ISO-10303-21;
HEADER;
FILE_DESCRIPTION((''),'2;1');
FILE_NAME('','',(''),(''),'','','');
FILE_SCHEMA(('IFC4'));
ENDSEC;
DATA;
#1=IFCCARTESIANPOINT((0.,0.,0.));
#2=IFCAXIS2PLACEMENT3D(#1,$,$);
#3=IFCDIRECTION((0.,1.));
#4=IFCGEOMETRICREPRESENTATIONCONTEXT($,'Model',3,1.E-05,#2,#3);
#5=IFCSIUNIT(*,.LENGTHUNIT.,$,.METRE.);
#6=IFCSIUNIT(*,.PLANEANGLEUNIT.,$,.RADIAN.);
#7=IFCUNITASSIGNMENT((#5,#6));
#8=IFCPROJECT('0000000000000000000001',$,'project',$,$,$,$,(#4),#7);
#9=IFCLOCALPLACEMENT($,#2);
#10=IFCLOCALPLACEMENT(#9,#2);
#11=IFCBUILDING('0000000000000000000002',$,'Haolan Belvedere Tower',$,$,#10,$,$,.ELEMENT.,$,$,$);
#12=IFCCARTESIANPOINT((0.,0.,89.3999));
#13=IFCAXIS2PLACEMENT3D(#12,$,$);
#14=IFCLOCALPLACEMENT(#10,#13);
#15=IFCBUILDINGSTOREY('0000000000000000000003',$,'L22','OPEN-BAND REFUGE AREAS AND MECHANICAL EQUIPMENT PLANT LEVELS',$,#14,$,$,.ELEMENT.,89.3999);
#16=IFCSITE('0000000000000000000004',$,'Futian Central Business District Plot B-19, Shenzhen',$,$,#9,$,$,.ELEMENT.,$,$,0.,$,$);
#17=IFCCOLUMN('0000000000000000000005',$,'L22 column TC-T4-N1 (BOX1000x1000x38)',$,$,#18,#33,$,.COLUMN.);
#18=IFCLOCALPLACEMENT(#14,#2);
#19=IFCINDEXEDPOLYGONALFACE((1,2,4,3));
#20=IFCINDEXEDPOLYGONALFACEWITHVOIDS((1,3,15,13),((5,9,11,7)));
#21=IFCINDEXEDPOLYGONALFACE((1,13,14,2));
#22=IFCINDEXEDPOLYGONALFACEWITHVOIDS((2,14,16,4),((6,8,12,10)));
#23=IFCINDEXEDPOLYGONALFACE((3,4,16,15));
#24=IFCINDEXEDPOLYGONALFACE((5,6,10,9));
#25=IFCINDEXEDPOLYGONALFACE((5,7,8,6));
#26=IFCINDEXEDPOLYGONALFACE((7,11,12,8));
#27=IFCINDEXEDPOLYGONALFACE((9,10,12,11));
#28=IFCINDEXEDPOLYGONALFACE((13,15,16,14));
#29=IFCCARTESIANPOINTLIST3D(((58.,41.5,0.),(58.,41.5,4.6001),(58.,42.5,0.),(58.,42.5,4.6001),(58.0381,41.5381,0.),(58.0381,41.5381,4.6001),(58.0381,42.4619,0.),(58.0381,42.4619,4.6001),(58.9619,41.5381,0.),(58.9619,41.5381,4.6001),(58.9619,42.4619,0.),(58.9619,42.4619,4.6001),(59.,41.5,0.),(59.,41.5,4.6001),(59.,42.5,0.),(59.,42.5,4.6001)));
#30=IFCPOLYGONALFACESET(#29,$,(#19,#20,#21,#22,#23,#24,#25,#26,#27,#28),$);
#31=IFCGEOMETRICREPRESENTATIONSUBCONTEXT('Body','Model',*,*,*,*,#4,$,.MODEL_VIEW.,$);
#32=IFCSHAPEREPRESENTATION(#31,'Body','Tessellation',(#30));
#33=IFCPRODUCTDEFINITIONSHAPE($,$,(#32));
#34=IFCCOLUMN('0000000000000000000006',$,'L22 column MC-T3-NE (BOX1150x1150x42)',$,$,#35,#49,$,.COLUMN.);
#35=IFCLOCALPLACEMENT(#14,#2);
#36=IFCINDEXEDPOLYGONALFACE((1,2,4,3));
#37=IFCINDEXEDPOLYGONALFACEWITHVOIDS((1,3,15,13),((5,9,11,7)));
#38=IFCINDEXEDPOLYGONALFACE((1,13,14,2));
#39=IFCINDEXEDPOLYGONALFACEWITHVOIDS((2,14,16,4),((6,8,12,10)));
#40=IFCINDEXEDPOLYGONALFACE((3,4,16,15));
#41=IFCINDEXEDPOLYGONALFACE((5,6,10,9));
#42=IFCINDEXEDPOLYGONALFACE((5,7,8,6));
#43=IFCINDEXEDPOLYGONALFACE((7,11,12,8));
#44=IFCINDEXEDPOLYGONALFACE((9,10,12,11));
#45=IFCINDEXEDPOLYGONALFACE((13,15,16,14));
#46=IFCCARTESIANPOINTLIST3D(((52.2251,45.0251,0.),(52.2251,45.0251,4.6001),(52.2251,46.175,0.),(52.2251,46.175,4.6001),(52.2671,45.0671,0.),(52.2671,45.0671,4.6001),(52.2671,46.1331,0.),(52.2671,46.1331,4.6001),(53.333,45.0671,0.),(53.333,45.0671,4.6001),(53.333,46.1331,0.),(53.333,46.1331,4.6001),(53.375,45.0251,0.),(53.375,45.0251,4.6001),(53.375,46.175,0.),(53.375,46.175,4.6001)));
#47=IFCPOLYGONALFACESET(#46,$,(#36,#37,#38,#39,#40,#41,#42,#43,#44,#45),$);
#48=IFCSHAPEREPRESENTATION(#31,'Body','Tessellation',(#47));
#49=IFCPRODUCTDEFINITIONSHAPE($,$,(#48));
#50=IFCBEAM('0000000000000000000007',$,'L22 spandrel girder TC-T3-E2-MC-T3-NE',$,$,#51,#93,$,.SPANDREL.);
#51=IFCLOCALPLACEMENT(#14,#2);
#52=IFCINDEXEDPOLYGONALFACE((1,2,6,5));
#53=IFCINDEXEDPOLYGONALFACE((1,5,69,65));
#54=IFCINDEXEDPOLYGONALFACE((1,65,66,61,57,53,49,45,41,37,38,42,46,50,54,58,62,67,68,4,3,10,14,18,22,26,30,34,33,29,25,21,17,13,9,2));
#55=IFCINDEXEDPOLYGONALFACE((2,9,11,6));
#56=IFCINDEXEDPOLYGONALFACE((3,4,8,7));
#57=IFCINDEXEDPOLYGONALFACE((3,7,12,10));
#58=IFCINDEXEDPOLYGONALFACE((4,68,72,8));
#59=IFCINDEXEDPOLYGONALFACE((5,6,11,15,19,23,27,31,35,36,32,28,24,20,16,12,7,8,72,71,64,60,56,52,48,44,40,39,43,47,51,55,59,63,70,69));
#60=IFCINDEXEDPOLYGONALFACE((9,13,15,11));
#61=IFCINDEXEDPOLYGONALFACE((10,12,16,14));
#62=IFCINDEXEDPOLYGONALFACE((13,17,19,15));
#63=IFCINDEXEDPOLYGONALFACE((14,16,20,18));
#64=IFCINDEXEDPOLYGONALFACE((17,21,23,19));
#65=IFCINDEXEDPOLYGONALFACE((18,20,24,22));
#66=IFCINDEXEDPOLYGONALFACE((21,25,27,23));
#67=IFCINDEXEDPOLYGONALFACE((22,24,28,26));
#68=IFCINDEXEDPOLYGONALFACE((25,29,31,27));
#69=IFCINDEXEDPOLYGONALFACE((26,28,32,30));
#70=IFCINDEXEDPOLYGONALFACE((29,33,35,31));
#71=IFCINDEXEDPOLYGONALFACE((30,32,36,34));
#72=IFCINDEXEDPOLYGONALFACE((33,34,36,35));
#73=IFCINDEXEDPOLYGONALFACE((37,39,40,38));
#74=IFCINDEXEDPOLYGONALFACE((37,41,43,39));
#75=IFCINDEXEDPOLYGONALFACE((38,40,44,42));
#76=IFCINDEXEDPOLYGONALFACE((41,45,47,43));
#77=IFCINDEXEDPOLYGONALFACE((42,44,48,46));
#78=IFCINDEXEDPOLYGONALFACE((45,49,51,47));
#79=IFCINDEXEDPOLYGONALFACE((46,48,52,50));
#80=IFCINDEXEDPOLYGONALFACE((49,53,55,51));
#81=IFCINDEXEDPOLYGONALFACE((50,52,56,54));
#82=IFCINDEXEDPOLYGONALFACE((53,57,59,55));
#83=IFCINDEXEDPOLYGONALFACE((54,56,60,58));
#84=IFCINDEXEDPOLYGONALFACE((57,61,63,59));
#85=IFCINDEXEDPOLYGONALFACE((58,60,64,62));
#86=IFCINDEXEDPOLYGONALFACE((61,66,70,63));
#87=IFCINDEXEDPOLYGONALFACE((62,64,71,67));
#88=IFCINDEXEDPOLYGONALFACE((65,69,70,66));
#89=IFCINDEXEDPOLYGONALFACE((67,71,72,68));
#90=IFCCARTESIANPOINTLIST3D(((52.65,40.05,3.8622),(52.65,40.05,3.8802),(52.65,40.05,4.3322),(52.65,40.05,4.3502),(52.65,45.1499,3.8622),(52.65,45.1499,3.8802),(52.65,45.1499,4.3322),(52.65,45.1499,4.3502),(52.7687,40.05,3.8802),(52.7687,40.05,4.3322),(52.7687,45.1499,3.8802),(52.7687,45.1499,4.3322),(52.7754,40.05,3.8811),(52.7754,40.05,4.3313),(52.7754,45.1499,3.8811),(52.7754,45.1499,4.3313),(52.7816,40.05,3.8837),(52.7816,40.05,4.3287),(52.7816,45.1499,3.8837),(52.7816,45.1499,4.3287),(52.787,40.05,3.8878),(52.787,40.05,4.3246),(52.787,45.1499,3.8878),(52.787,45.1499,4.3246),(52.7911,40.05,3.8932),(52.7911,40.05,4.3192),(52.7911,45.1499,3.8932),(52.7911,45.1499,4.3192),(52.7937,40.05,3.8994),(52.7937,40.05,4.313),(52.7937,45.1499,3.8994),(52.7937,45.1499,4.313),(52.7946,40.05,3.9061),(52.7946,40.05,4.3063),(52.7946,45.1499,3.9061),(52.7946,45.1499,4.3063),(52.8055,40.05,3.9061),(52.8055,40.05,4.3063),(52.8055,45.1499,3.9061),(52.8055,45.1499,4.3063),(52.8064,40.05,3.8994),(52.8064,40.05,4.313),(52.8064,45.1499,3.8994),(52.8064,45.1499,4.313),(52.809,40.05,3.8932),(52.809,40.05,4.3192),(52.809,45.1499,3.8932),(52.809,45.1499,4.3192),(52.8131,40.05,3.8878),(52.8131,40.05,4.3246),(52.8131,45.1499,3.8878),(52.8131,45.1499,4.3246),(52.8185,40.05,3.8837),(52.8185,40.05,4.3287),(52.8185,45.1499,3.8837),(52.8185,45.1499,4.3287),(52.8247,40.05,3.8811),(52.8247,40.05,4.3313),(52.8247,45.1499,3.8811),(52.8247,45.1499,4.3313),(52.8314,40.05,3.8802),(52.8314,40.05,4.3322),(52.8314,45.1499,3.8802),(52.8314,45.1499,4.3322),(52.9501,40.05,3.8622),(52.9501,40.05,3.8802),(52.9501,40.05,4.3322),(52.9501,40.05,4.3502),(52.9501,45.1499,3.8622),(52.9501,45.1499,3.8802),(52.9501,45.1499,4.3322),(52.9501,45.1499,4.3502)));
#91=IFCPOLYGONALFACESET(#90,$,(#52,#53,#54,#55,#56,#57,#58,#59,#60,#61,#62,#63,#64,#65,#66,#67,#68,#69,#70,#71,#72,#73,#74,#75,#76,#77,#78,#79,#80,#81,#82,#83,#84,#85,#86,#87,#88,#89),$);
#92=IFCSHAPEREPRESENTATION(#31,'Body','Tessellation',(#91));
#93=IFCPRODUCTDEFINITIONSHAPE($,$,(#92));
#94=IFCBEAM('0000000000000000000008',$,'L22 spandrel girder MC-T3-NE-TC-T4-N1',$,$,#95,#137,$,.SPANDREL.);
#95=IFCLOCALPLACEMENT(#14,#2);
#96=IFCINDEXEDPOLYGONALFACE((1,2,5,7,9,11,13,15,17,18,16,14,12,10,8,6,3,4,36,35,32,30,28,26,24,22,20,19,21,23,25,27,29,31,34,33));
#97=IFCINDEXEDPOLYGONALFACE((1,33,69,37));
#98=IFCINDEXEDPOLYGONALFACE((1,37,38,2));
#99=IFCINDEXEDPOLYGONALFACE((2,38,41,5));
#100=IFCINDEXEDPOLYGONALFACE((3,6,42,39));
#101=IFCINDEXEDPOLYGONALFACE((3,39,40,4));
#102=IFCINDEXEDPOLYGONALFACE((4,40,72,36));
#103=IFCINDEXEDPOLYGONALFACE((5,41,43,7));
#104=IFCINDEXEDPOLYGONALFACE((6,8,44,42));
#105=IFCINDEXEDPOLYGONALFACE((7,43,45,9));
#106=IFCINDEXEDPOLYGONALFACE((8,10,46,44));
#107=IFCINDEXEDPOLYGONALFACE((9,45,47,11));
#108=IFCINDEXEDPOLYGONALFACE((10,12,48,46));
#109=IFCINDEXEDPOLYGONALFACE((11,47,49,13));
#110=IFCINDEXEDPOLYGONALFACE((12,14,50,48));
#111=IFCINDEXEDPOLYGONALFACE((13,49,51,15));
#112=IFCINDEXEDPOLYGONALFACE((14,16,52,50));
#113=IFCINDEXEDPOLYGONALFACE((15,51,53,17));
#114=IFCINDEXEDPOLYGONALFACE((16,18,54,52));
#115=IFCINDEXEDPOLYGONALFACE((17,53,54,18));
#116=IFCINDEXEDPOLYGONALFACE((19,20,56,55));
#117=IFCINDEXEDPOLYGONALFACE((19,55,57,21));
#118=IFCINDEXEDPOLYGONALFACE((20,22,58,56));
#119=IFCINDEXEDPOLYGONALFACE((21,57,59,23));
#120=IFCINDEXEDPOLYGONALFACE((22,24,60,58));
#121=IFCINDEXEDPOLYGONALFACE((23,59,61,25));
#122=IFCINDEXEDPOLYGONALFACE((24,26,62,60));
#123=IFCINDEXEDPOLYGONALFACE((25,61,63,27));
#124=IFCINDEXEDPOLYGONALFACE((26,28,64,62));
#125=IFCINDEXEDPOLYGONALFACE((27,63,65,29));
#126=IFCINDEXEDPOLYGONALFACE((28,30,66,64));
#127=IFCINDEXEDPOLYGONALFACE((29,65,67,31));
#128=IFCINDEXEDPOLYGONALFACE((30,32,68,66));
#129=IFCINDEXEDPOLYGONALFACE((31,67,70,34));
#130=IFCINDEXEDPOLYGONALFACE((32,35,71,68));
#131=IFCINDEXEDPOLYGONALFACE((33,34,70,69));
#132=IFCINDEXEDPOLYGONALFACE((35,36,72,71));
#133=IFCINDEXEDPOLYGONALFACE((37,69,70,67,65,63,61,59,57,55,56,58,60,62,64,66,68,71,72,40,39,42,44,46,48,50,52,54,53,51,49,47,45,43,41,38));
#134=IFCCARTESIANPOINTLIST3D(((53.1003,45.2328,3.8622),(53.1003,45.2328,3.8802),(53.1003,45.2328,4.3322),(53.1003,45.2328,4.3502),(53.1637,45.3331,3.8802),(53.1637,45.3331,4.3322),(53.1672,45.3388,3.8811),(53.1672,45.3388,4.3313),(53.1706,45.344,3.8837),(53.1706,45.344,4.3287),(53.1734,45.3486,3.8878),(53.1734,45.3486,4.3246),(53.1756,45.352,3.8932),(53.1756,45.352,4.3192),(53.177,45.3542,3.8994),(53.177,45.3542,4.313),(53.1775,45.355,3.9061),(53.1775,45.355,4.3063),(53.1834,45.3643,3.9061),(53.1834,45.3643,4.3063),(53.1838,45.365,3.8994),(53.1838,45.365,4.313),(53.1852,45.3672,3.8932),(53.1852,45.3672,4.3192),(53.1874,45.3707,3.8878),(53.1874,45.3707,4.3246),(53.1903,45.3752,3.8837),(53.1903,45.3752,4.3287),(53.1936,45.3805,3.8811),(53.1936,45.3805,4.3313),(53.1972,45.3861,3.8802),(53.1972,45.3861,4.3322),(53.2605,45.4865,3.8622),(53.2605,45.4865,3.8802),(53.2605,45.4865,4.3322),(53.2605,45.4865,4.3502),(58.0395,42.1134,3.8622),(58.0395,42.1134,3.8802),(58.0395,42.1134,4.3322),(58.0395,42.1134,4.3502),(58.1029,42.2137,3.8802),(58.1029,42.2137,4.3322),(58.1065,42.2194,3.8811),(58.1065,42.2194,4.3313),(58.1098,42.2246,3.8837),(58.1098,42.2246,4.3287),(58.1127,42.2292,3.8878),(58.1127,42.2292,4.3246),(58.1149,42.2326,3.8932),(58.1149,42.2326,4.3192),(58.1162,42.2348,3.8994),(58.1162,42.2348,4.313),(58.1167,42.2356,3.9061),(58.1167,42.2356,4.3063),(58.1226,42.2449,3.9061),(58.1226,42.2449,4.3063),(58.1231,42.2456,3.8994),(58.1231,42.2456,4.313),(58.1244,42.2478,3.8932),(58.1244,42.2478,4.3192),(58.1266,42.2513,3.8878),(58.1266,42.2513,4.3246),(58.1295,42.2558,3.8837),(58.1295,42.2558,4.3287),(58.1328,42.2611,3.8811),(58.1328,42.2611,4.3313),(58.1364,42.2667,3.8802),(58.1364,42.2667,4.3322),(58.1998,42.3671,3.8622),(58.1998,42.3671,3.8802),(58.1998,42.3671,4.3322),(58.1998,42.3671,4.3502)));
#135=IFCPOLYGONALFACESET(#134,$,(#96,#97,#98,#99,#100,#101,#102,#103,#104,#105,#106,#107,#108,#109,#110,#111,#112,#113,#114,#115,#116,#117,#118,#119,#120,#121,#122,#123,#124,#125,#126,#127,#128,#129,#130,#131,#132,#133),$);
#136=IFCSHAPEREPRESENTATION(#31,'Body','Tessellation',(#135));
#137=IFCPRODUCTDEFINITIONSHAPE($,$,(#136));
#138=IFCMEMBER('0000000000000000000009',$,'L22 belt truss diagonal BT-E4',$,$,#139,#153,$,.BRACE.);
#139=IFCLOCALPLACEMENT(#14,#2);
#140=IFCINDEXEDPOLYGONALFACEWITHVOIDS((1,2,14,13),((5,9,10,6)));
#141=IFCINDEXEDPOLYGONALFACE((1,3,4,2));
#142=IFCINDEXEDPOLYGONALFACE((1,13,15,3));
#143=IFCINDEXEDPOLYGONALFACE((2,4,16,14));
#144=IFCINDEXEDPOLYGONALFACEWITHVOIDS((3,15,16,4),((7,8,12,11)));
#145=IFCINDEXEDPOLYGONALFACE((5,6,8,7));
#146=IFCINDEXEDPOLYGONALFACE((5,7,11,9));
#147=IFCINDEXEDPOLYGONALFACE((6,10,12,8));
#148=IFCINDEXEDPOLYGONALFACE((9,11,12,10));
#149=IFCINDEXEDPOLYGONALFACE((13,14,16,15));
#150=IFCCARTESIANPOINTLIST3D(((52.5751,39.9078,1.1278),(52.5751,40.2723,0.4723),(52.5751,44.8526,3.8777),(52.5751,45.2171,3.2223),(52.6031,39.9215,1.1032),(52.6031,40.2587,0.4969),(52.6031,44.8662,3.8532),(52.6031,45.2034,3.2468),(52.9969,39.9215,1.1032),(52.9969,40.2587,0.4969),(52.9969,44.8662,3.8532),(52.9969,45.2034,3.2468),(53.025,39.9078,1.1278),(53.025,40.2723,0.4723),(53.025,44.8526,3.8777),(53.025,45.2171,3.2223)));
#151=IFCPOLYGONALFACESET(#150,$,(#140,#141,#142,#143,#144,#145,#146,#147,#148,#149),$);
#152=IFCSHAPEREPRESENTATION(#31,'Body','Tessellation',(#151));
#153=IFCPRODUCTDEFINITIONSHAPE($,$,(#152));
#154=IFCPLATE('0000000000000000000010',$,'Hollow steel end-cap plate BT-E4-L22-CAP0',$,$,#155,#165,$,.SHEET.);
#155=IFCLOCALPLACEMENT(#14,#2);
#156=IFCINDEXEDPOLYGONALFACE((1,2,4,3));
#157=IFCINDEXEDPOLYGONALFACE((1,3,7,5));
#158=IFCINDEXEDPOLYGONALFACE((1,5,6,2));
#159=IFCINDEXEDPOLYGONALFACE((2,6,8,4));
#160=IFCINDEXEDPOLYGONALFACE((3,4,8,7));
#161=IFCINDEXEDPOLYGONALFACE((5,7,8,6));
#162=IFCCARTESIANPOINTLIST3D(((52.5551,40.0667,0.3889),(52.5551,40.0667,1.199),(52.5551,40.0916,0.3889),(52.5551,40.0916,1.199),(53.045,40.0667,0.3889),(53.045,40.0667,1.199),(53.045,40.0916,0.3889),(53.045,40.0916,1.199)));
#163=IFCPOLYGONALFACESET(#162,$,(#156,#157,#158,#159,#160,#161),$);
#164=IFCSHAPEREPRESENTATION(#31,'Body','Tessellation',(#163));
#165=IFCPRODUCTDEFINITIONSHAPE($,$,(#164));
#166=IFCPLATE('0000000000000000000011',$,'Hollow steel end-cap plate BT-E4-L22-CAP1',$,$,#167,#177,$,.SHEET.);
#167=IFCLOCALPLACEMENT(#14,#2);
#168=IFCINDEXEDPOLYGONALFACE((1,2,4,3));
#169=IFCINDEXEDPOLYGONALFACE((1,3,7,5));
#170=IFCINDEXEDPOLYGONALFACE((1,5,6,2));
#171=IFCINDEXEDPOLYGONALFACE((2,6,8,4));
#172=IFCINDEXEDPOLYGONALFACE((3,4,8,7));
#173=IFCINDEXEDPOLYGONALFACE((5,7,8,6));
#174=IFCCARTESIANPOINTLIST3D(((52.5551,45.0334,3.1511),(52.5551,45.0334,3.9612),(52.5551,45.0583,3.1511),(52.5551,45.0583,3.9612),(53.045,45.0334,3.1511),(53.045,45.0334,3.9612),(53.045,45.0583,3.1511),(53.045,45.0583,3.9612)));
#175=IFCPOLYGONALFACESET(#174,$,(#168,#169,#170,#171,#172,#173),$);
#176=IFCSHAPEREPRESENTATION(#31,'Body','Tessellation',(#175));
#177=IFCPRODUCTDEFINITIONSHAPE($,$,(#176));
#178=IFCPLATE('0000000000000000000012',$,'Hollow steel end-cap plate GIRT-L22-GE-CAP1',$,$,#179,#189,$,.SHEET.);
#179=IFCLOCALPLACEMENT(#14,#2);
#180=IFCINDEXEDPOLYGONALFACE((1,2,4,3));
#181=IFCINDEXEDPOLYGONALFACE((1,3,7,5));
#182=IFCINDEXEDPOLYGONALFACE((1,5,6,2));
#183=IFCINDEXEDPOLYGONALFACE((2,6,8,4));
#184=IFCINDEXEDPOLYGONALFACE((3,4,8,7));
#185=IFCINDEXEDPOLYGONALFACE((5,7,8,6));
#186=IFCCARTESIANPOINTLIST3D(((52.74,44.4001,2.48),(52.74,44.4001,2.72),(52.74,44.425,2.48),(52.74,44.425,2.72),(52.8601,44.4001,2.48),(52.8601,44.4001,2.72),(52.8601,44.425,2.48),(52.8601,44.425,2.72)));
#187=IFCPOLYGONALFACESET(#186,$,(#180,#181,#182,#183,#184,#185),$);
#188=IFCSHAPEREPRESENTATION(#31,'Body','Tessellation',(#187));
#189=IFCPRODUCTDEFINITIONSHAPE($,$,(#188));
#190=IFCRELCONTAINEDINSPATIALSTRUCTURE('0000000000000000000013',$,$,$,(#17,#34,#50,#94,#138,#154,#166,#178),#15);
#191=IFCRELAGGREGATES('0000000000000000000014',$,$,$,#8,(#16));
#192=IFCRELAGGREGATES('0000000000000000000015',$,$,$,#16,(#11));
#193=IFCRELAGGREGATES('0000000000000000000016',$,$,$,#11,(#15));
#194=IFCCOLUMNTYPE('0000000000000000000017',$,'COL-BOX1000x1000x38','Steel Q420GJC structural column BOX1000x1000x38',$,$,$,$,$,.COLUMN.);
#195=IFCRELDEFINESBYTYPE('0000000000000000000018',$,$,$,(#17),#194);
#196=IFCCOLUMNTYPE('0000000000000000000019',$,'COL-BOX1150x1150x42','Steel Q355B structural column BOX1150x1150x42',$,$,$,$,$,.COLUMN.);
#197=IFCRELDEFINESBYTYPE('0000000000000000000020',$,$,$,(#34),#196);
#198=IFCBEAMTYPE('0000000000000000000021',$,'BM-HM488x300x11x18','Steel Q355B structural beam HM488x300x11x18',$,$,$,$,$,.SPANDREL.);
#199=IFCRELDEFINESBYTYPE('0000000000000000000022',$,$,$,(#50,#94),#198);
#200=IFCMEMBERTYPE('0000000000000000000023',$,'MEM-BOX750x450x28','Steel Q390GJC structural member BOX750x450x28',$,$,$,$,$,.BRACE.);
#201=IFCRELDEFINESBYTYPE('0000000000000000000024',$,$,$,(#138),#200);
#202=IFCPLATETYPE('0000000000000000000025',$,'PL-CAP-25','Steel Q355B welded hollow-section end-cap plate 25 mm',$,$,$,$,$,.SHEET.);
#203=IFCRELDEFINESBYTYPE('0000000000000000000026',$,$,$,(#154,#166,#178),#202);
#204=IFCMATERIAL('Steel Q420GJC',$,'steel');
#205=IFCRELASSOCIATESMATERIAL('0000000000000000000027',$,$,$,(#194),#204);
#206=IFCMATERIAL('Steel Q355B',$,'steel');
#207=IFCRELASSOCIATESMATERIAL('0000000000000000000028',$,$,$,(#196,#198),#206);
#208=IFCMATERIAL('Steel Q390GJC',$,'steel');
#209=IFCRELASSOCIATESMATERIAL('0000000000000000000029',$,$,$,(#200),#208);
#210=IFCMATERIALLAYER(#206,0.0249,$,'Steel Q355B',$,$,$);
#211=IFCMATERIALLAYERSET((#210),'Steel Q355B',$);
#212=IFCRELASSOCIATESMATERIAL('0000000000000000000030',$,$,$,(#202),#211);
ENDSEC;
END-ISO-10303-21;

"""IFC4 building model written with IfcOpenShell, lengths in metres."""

from ifc_helpers import new_model, si_unit, direction, frame, origin, origin_2d, place, context, subcontext, project, spatial, rectangle, hollow_rectangle, i_section, extrude, material, layer, layer_set, material_profile, profile_set, type_object, element, save


model = new_model("IFC4")

# Units and contexts
model_context = context("Model", 3, precision=1e-05, world=origin(), true_north=direction((0.0, 1.0)))
body_context = subcontext(model_context, "Body", "Model", "MODEL_VIEW")
ifc_project = project(units=[si_unit("LENGTHUNIT", "METRE"), si_unit("PLANEANGLEUNIT", "RADIAN")], contexts=[model_context])

# Site, building, storey
site_placement = place(None, origin())
site = spatial("IfcSite", under=ifc_project, at=site_placement, Name="Futian Central Business District Plot B-19, Shenzhen", CompositionType="ELEMENT", RefElevation=0.0)
building_placement = place(site_placement, origin())
building = spatial("IfcBuilding", under=site, at=building_placement, Name="Haolan Belvedere Tower", CompositionType="ELEMENT")
storey_placement = place(building_placement, frame((0.0, 0.0, 89.3999)))
storey = spatial("IfcBuildingStorey", under=building, at=storey_placement, Name="L22", Description="OPEN-BAND REFUGE AREAS AND MECHANICAL EQUIPMENT PLANT LEVELS", CompositionType="ELEMENT", Elevation=89.3999)

# Columns
ifc_material_1 = material(Name="Steel Q420GJC", Category="steel")
ifc_material_profile_1 = material_profile(ifc_material_1, hollow_rectangle(XDim=1.0, YDim=1.0, WallThickness=0.0381, at=origin_2d()), Name="Steel Q420GJC")
ifc_profile_set_1 = profile_set([ifc_material_profile_1], Name="Steel Q420GJC")
column_type_1 = type_object("IfcColumnType", Name="COL-BOX1000x1000x38", Description="Steel Q420GJC structural column BOX1000x1000x38", PredefinedType="COLUMN", material=ifc_profile_set_1)
column_1_placement = place(storey_placement, frame((58.5, 42.0, 0.0), z_axis=(0.0, 0.0, 1.0), x_axis=(1.0, 0.0, 0.0)))
element("IfcColumn", 1, at=column_1_placement, inside=storey, type_object=column_type_1, Name="L22 column TC-T4-N1 (BOX1000x1000x38)", PredefinedType="COLUMN", context=body_context, shape_type="SweptSolid", body=[
    extrude(hollow_rectangle(XDim=1.0, YDim=1.0, WallThickness=0.0381, at=origin_2d()), origin(), (0.0, 0.0, 1.0), 4.6001),
])
ifc_material_2 = material(Name="Steel Q355B", Category="steel")
ifc_material_profile_2 = material_profile(ifc_material_2, hollow_rectangle(XDim=1.1499, YDim=1.1499, WallThickness=0.042, at=origin_2d()), Name="Steel Q355B")
ifc_profile_set_2 = profile_set([ifc_material_profile_2], Name="Steel Q355B")
column_type_2 = type_object("IfcColumnType", Name="COL-BOX1150x1150x42", Description="Steel Q355B structural column BOX1150x1150x42", PredefinedType="COLUMN", material=ifc_profile_set_2)
column_2_placement = place(storey_placement, frame((52.8, 45.6001, 0.0), z_axis=(0.0, 0.0, 1.0), x_axis=(1.0, 0.0, 0.0)))
element("IfcColumn", 2, at=column_2_placement, inside=storey, type_object=column_type_2, Name="L22 column MC-T3-NE (BOX1150x1150x42)", PredefinedType="COLUMN", context=body_context, shape_type="SweptSolid", body=[
    extrude(hollow_rectangle(XDim=1.1499, YDim=1.1499, WallThickness=0.042, at=origin_2d()), origin(), (0.0, 0.0, 1.0), 4.6001),
])

# Beams
ifc_material_profile_3 = material_profile(ifc_material_2, i_section(OverallWidth=0.3, OverallDepth=0.488, WebThickness=0.011, FlangeThickness=0.0181, FilletRadius=0.0259, at=origin_2d()), Name="Steel Q355B")
ifc_profile_set_3 = profile_set([ifc_material_profile_3], Name="Steel Q355B")
beam_type = type_object("IfcBeamType", Name="BM-HM488x300x11x18", Description="Steel Q355B structural beam HM488x300x11x18", PredefinedType="SPANDREL", material=ifc_profile_set_3)
beam_1_placement = place(storey_placement, frame((52.8, 40.05, 4.1062), z_axis=(0.0, 1.0, 0.0), x_axis=(-1.0, 0.0, 0.0)))
element("IfcBeam", 3, at=beam_1_placement, inside=storey, type_object=beam_type, Name="L22 spandrel girder TC-T3-E2-MC-T3-NE", PredefinedType="SPANDREL", context=body_context, shape_type="SweptSolid", body=[
    extrude(i_section(OverallWidth=0.3, OverallDepth=0.488, WebThickness=0.011, FlangeThickness=0.0181, FilletRadius=0.0259, at=origin_2d()), origin(), (0.0, 0.0, 1.0), 5.0999),
])
beam_2_placement = place(storey_placement, frame((53.1804, 45.3596, 4.1062), z_axis=(0.845498, -0.533979, 0.0), x_axis=(0.533979, 0.845498, 0.0)))
element("IfcBeam", 4, at=beam_2_placement, inside=storey, type_object=beam_type, Name="L22 spandrel girder MC-T3-NE-TC-T4-N1", PredefinedType="SPANDREL", context=body_context, shape_type="SweptSolid", body=[
    extrude(i_section(OverallWidth=0.3, OverallDepth=0.488, WebThickness=0.011, FlangeThickness=0.0181, FilletRadius=0.0259, at=origin_2d()), origin(), (0.0, 0.0, 1.0), 5.8418),
])

# Member
ifc_material_3 = material(Name="Steel Q390GJC", Category="steel")
ifc_material_profile_4 = material_profile(ifc_material_3, hollow_rectangle(XDim=0.45, YDim=0.75, WallThickness=0.0281, at=origin_2d()), Name="Steel Q390GJC")
ifc_profile_set_4 = profile_set([ifc_material_profile_4], Name="Steel Q390GJC")
member_type = type_object("IfcMemberType", Name="MEM-BOX750x450x28", Description="Steel Q390GJC structural member BOX750x450x28", PredefinedType="BRACE", material=ifc_profile_set_4)
member_placement = place(storey_placement, frame((52.8, 40.0901, 0.8), z_axis=(0.0, 0.873941, 0.486031), x_axis=(-1.0, 0.0, 0.0)))
element("IfcMember", 5, at=member_placement, inside=storey, type_object=member_type, Name="L22 belt truss diagonal BT-E4", PredefinedType="BRACE", context=body_context, shape_type="SweptSolid", body=[
    extrude(hollow_rectangle(XDim=0.45, YDim=0.75, WallThickness=0.0281, at=origin_2d()), origin(), (0.0, 0.0, 1.0), 5.658),
])

# Plates
ifc_layer_1 = layer(ifc_material_2, 0.0249, Name="Steel Q355B")
ifc_layer_set_1 = layer_set([ifc_layer_1], Name="Steel Q355B")
plate_type = type_object("IfcPlateType", Name="PL-CAP-25", Description="Steel Q355B welded hollow-section end-cap plate 25 mm", PredefinedType="SHEET", material=ifc_layer_set_1)
for number, where, z_axis, x_axis, name in (
    (6, (52.8, 40.0791, 0.3889), (0.0, 0.0, 1.0), (1.0, 0.0, 0.0), "Hollow steel end-cap plate BT-E4-L22-CAP0"),
    (7, (52.8, 45.0459, 3.1511), (0.0, 0.0, 1.0), (-1.0, 0.0, 0.0), "Hollow steel end-cap plate BT-E4-L22-CAP1"),
):
    element("IfcPlate", number, at=place(storey_placement, frame(where, z_axis=z_axis, x_axis=x_axis)), inside=storey, type_object=plate_type, Name=name, PredefinedType="SHEET", context=body_context, shape_type="SweptSolid", body=[
        extrude(rectangle(XDim=0.49, YDim=0.0249, at=origin_2d()), origin(), (0.0, 0.0, 1.0), 0.8101),
    ])
plate_placement = place(storey_placement, frame((52.8, 44.4126, 2.48), z_axis=(0.0, 0.0, 1.0), x_axis=(-1.0, 0.0, 0.0)))
element("IfcPlate", 8, at=plate_placement, inside=storey, type_object=plate_type, Name="Hollow steel end-cap plate GIRT-L22-GE-CAP1", PredefinedType="SHEET", context=body_context, shape_type="SweptSolid", body=[
    extrude(rectangle(XDim=0.1201, YDim=0.0249, at=origin_2d()), origin(), (0.0, 0.0, 1.0), 0.24),
])

save(model, "model.ifc")
